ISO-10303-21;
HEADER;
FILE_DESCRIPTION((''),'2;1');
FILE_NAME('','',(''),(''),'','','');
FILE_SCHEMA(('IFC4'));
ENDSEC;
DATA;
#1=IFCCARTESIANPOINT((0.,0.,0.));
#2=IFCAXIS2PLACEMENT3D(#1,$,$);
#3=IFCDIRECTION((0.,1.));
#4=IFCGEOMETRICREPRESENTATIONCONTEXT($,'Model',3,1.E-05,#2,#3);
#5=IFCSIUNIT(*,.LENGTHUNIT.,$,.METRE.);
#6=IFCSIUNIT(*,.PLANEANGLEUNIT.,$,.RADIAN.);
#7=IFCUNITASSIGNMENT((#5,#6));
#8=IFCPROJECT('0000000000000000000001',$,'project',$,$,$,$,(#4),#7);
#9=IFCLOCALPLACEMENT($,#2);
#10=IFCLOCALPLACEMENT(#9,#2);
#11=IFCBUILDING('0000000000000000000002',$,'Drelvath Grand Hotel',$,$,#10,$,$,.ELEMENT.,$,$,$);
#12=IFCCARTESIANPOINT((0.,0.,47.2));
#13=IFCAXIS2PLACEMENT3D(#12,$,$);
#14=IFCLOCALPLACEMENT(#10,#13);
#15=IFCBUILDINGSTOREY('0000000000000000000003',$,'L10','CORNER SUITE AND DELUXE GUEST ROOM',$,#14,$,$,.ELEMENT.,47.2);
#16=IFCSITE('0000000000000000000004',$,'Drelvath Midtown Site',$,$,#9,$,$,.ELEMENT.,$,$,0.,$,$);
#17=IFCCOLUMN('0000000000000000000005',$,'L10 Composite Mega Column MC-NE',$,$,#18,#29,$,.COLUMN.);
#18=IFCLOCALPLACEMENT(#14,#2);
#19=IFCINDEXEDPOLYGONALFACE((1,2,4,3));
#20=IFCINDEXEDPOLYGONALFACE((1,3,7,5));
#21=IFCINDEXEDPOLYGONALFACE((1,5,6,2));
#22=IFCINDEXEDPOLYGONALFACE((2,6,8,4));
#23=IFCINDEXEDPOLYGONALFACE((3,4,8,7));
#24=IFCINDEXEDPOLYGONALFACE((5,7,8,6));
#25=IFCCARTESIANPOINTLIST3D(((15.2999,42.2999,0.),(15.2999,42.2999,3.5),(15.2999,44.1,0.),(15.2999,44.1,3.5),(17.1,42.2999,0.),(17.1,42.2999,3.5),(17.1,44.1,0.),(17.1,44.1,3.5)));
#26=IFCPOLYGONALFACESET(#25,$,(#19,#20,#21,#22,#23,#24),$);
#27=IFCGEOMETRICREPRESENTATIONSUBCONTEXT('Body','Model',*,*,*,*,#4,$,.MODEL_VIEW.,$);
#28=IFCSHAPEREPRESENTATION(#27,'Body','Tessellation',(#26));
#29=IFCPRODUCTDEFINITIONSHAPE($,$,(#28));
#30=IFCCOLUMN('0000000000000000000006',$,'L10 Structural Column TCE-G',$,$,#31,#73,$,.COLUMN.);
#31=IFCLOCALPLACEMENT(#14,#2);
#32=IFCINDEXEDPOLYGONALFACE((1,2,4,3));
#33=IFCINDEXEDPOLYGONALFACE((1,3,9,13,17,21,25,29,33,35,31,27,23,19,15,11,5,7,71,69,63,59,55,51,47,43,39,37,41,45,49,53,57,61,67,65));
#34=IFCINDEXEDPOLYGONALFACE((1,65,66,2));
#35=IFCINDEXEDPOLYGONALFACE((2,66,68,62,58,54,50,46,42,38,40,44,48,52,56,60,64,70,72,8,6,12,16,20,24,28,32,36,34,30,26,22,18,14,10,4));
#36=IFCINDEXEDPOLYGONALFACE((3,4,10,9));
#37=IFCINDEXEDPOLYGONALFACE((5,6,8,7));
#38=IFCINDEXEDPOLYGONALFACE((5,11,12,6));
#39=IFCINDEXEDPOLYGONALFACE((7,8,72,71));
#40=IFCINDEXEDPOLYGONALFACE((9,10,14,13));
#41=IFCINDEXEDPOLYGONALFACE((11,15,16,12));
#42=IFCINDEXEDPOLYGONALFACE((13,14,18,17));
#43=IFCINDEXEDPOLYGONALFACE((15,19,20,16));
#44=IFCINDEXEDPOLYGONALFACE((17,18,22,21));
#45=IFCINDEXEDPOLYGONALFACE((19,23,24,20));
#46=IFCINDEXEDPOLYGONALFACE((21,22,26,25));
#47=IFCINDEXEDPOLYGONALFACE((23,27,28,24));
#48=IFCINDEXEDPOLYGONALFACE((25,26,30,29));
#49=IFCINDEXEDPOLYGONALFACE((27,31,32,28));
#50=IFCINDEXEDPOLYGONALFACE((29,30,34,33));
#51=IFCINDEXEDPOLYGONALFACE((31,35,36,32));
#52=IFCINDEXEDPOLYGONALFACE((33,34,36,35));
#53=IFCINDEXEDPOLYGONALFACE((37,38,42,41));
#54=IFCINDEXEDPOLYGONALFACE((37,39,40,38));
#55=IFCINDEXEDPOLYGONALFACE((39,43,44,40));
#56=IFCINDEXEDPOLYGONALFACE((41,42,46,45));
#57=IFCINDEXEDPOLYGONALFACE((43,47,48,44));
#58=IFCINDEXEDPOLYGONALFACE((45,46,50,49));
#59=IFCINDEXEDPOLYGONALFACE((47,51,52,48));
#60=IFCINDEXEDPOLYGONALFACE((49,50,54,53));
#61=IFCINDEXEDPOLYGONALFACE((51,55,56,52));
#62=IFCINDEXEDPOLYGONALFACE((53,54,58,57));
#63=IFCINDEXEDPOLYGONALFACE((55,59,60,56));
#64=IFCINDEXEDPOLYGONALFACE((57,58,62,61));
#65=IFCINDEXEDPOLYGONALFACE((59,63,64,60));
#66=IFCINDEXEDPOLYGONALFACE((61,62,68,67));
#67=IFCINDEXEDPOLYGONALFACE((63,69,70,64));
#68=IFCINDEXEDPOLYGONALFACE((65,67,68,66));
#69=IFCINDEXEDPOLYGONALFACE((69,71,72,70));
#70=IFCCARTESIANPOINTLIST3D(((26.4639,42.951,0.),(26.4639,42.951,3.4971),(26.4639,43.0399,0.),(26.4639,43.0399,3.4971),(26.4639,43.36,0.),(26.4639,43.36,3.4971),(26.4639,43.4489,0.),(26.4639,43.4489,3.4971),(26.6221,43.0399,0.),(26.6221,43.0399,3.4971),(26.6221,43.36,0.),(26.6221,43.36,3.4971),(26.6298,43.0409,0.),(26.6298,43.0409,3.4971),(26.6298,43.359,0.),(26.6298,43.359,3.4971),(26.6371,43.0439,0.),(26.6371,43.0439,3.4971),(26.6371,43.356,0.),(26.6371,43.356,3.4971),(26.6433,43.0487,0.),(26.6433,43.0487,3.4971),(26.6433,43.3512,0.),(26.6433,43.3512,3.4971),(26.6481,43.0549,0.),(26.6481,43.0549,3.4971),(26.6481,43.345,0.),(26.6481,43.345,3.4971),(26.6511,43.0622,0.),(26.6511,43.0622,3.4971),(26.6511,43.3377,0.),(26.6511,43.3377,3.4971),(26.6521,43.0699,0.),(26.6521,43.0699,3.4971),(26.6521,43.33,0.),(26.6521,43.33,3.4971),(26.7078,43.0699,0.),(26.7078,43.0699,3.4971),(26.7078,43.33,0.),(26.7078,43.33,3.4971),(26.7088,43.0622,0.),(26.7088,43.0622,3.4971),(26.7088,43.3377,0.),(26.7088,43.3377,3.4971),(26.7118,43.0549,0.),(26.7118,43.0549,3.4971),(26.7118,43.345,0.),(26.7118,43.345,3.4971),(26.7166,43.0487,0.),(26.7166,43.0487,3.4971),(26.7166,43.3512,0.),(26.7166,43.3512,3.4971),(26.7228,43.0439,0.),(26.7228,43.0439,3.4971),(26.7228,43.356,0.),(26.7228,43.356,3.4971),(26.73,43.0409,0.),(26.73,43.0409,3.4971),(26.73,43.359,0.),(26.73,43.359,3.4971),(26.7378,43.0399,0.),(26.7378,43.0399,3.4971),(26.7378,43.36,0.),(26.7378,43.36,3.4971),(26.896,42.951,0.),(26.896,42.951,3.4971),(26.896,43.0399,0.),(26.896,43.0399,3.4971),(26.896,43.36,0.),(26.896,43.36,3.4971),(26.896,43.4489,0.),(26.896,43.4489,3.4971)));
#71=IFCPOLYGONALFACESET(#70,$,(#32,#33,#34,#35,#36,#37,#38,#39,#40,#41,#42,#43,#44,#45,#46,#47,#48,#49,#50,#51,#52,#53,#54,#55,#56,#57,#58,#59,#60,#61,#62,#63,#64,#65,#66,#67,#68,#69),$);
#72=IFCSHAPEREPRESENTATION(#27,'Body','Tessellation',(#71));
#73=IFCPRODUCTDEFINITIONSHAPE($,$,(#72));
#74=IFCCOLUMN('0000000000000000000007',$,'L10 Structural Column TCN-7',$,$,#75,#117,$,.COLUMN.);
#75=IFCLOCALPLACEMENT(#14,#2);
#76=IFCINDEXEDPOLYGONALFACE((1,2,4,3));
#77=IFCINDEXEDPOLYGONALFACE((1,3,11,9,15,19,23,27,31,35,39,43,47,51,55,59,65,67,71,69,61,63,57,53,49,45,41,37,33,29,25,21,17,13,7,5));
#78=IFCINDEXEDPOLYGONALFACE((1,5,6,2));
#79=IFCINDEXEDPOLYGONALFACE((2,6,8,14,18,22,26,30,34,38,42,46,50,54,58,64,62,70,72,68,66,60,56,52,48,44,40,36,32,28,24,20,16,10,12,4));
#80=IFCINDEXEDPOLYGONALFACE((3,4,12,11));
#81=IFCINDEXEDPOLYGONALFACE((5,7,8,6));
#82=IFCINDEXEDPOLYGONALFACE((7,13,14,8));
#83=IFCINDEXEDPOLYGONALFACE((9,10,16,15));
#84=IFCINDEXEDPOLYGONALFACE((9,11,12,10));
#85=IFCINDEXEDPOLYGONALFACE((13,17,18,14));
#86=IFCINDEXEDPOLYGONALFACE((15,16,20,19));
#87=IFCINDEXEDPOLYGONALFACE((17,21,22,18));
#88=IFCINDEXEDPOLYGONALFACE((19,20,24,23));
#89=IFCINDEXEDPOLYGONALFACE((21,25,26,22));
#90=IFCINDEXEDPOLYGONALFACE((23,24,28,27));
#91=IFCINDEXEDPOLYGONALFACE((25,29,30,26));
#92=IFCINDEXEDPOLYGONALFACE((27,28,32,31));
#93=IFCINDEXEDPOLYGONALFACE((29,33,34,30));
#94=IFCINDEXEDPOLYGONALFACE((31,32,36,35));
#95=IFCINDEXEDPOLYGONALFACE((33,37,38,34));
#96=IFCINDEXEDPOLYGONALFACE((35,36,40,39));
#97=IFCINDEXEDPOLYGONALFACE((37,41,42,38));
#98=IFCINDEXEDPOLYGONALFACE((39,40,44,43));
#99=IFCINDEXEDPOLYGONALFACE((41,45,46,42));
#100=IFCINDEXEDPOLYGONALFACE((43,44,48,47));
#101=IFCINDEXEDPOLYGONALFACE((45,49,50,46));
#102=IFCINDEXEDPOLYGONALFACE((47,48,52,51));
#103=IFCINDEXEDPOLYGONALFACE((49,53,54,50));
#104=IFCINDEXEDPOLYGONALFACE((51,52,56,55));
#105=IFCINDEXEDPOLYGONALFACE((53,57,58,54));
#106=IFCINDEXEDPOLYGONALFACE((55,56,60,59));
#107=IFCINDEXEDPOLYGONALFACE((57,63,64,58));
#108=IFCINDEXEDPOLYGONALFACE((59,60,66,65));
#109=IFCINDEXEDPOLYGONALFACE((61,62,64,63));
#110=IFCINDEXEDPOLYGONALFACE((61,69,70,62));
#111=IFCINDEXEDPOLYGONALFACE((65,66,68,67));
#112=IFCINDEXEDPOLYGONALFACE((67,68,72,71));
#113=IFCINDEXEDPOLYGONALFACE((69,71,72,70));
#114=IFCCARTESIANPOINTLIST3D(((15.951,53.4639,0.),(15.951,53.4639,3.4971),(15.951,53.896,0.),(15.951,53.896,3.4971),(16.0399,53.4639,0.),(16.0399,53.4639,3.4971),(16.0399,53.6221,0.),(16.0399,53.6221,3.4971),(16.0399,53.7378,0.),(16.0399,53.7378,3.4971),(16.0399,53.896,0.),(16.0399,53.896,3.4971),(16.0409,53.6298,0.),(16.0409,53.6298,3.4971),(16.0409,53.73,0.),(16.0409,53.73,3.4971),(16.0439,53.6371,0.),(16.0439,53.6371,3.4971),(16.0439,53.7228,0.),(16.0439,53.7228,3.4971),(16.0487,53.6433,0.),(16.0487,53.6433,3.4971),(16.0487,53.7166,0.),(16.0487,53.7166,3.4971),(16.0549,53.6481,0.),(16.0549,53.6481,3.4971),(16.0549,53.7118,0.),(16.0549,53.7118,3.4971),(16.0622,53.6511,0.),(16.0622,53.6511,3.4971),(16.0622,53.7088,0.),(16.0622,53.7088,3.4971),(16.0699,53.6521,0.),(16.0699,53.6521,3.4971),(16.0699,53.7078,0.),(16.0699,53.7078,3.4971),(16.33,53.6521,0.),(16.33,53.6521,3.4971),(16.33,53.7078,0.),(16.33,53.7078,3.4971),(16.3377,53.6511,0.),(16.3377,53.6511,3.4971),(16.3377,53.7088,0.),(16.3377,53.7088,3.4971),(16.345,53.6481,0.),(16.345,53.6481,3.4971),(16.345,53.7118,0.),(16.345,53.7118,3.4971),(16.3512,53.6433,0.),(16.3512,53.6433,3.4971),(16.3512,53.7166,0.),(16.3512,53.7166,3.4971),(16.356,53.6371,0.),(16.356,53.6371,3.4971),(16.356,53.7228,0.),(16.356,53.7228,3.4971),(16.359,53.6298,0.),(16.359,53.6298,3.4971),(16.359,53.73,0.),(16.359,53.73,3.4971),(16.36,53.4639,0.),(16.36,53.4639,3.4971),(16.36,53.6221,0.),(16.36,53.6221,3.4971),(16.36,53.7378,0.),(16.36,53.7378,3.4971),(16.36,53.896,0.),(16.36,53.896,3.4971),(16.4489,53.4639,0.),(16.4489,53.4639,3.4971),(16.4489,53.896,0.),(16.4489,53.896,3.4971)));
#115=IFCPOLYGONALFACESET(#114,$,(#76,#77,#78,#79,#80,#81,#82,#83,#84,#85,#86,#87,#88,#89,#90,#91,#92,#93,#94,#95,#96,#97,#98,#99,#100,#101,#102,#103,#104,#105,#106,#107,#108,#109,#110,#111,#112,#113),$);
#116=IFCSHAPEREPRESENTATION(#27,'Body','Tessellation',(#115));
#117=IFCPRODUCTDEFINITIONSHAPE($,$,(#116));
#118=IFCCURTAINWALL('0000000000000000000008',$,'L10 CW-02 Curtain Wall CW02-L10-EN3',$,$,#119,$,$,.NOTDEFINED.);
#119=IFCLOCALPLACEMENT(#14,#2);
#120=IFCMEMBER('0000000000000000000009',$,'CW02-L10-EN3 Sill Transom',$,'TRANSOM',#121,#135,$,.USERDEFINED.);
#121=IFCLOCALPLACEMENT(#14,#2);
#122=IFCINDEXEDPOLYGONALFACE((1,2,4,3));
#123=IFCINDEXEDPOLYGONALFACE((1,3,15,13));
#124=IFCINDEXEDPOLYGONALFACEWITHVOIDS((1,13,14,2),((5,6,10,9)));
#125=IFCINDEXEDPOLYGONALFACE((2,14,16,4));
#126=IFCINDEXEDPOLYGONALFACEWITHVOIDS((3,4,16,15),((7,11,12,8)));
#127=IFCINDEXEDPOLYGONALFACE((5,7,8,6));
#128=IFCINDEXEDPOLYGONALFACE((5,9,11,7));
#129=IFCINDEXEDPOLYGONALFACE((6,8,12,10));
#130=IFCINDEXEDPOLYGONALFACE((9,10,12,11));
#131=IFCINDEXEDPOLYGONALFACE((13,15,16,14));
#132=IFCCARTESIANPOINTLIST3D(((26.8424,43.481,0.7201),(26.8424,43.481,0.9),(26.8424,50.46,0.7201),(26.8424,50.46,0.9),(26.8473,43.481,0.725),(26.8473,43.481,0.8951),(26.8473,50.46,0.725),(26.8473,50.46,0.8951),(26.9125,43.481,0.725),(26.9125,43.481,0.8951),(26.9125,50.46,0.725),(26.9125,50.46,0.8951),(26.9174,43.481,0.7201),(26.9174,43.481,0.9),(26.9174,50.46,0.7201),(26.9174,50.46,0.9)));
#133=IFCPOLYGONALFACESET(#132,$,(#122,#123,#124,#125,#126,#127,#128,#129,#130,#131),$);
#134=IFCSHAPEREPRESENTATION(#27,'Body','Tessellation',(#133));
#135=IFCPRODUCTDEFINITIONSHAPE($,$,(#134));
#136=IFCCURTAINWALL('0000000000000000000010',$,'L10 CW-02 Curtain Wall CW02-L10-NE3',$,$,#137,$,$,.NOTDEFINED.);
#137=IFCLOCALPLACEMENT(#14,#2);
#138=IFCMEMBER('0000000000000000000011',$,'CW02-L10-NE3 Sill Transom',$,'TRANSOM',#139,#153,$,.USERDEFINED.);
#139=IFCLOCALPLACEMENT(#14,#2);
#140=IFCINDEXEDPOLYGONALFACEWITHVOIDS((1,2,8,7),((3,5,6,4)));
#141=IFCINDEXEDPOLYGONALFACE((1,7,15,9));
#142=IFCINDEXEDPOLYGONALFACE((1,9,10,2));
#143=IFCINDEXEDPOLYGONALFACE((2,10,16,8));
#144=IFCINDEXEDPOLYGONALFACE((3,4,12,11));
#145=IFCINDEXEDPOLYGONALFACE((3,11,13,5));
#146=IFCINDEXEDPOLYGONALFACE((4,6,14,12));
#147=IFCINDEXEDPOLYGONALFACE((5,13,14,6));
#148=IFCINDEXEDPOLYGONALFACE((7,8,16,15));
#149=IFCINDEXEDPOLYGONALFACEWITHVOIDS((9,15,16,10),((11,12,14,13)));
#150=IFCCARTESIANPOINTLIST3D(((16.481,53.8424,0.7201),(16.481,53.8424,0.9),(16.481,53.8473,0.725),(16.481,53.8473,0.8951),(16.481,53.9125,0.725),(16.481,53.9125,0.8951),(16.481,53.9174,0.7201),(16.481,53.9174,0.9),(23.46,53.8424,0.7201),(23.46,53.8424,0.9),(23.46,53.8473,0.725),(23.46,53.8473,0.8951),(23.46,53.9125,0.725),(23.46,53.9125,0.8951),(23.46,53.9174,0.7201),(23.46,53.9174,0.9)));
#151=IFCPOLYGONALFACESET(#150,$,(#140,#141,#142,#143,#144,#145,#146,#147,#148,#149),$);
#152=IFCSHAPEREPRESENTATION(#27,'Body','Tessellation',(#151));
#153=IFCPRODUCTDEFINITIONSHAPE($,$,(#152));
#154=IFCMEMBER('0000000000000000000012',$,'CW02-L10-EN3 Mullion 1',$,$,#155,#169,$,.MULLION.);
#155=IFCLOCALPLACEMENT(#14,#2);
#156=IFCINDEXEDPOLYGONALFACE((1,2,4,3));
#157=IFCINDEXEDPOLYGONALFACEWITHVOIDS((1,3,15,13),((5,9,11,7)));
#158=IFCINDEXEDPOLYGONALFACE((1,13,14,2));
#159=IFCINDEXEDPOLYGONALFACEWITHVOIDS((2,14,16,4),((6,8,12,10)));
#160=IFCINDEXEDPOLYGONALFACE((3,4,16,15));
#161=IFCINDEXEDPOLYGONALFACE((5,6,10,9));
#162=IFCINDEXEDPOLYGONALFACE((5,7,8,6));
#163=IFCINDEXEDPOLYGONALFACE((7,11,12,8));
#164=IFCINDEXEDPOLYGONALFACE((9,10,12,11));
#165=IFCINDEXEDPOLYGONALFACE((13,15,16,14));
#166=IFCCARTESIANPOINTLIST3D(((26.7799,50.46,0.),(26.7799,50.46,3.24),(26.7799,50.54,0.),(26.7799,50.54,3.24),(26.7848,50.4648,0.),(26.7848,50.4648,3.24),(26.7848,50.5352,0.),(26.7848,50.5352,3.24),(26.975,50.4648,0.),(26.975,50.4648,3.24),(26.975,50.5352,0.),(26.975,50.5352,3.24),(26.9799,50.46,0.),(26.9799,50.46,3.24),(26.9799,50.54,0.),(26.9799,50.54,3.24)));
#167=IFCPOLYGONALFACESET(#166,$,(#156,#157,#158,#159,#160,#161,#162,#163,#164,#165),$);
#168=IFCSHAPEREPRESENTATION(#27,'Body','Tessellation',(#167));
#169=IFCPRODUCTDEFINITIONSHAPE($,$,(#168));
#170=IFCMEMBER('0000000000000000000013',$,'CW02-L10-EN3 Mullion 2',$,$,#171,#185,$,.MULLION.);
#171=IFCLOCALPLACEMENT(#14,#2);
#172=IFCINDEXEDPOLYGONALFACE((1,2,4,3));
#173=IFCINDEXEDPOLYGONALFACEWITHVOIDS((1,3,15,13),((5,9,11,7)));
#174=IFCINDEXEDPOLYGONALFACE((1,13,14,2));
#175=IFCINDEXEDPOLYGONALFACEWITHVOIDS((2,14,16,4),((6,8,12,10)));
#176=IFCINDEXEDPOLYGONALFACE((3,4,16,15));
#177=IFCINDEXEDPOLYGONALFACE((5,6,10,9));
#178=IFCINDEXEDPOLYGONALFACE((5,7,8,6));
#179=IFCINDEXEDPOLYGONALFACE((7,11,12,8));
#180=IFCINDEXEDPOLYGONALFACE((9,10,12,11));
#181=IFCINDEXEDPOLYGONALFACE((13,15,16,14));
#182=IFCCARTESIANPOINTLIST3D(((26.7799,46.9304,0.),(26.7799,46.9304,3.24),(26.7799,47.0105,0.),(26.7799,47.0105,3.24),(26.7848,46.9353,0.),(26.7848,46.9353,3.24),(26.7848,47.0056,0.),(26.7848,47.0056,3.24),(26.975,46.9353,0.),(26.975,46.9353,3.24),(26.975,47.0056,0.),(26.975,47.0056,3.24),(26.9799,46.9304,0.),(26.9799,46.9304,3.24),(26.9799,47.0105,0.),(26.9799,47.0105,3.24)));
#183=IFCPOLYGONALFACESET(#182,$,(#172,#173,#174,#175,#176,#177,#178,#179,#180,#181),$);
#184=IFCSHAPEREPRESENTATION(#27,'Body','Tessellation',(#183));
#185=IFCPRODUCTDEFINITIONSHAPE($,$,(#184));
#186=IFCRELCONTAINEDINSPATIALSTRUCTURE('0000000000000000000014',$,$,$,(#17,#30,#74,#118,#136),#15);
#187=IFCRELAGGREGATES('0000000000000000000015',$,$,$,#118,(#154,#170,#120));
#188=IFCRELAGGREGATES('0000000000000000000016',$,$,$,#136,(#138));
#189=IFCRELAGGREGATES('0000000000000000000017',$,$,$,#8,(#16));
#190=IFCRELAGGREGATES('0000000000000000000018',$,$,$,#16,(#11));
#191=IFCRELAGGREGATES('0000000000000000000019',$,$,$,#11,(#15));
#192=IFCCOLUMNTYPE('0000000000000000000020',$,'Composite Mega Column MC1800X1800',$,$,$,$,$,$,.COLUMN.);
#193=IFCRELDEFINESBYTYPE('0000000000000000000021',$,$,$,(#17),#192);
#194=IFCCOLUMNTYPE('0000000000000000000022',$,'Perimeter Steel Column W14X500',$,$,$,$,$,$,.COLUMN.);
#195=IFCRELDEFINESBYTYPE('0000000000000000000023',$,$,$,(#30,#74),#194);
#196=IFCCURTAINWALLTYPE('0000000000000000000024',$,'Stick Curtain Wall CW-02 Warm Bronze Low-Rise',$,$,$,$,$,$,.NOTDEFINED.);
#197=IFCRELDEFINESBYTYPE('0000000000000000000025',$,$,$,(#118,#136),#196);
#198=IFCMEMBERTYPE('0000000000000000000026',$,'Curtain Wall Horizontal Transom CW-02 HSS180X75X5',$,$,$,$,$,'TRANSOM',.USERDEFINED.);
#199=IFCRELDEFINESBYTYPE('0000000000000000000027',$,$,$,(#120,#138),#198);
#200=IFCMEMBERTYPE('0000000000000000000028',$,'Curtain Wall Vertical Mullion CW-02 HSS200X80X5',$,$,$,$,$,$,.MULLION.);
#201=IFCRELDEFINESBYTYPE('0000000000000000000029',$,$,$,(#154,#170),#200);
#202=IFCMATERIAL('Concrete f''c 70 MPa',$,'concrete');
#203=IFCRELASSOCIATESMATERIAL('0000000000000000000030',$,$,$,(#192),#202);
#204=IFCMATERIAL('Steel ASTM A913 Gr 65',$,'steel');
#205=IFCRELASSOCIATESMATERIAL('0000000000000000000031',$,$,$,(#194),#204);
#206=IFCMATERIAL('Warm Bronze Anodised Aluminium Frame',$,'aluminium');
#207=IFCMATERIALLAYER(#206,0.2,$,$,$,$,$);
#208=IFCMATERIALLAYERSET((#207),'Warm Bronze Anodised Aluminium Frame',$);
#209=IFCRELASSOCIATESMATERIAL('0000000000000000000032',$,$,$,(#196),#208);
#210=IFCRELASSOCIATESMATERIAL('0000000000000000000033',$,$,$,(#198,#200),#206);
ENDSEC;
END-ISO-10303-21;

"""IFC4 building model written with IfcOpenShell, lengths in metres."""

from ifc_helpers import new_model, si_unit, direction, frame, origin, origin_2d, place, context, subcontext, project, spatial, rectangle, hollow_rectangle, i_section, extrude, material, layer, layer_set, material_profile, profile_set, type_object, element, aggregate, save


model = new_model("IFC4")

# Units and contexts
model_context = context("Model", 3, precision=1e-05, world=origin(), true_north=direction((0.0, 1.0)))
body_context = subcontext(model_context, "Body", "Model", "MODEL_VIEW")
ifc_project = project(units=[si_unit("LENGTHUNIT", "METRE"), si_unit("PLANEANGLEUNIT", "RADIAN")], contexts=[model_context])

# Site, building, storey
site_placement = place(None, origin())
site = spatial("IfcSite", under=ifc_project, at=site_placement, Name="Drelvath Midtown Site", CompositionType="ELEMENT", RefElevation=0.0)
building_placement = place(site_placement, origin())
building = spatial("IfcBuilding", under=site, at=building_placement, Name="Drelvath Grand Hotel", CompositionType="ELEMENT")
storey_placement = place(building_placement, frame((0.0, 0.0, 47.2)))
storey = spatial("IfcBuildingStorey", under=building, at=storey_placement, Name="L10", Description="CORNER SUITE AND DELUXE GUEST ROOM", CompositionType="ELEMENT", Elevation=47.2)

# Columns
ifc_material_1 = material(Name="Concrete f'c 70 MPa", Category="concrete")
ifc_material_profile_1 = material_profile(ifc_material_1, rectangle(XDim=1.8, YDim=1.8, at=origin_2d()), Name="MC1800X1800")
ifc_profile_set_1 = profile_set([ifc_material_profile_1], Name="Concrete f'c 70 MPa")
column_type_1 = type_object("IfcColumnType", Name="Composite Mega Column MC1800X1800", PredefinedType="COLUMN", material=ifc_profile_set_1)
column_placement = place(storey_placement, frame((16.2, 43.2, 0.0), z_axis=(0.0, 0.0, 1.0), x_axis=(1.0, 0.0, 0.0)))
element("IfcColumn", 1, at=column_placement, inside=storey, type_object=column_type_1, Name="L10 Composite Mega Column MC-NE", PredefinedType="COLUMN", context=body_context, shape_type="SweptSolid", body=[
    extrude(rectangle(XDim=1.8, YDim=1.8, at=origin_2d()), origin(), (0.0, 0.0, 1.0), 3.5),
])
ifc_material_2 = material(Name="Steel ASTM A913 Gr 65", Category="steel")
ifc_material_profile_2 = material_profile(ifc_material_2, i_section(OverallWidth=0.4321, OverallDepth=0.4978, WebThickness=0.0557, FlangeThickness=0.0889, FilletRadius=0.03, at=origin_2d()), Name="W14X500")
ifc_profile_set_2 = profile_set([ifc_material_profile_2], Name="Steel ASTM A913 Gr 65")
column_type_2 = type_object("IfcColumnType", Name="Perimeter Steel Column W14X500", PredefinedType="COLUMN", material=ifc_profile_set_2)
for number, where, z_axis, x_axis, name in (
    (2, (26.6799, 43.2, 0.0), (0.0, 0.0, 1.0), (1.0, 0.0, 0.0), "L10 Structural Column TCE-G"),
    (3, (16.2, 53.6799, 0.0), (0.0, 0.0, 1.0), (0.0, 1.0, 0.0), "L10 Structural Column TCN-7"),
):
    element("IfcColumn", number, at=place(storey_placement, frame(where, z_axis=z_axis, x_axis=x_axis)), inside=storey, type_object=column_type_2, Name=name, PredefinedType="COLUMN", context=body_context, shape_type="SweptSolid", body=[
        extrude(i_section(OverallWidth=0.4321, OverallDepth=0.4978, WebThickness=0.0557, FlangeThickness=0.0889, FilletRadius=0.03, at=origin_2d()), origin(), (0.0, 0.0, 1.0), 3.4971),
    ])

# Curtain walls, members
ifc_material_3 = material(Name="Warm Bronze Anodised Aluminium Frame", Category="aluminium")
ifc_layer_1 = layer(ifc_material_3, 0.2)
ifc_layer_set_1 = layer_set([ifc_layer_1], Name="Warm Bronze Anodised Aluminium Frame")
curtain_wall_type = type_object("IfcCurtainWallType", Name="Stick Curtain Wall CW-02 Warm Bronze Low-Rise", PredefinedType="NOTDEFINED", material=ifc_layer_set_1)
curtain_wall_1_placement = place(storey_placement, origin())
curtain_wall_1 = element("IfcCurtainWall", 4, at=curtain_wall_1_placement, inside=storey, type_object=curtain_wall_type, Name="L10 CW-02 Curtain Wall CW02-L10-EN3", PredefinedType="NOTDEFINED")
ifc_material_profile_3 = material_profile(ifc_material_3, hollow_rectangle(XDim=0.075, YDim=0.1799, WallThickness=0.0049, at=origin_2d()), Name="HSS180X75X5")
ifc_profile_set_3 = profile_set([ifc_material_profile_3], Name="Warm Bronze Anodised Aluminium Frame")
member_type_1 = type_object("IfcMemberType", Name="Curtain Wall Horizontal Transom CW-02 HSS180X75X5", ElementType="TRANSOM", PredefinedType="USERDEFINED", material=ifc_profile_set_3)
member_1_placement = place(storey_placement, frame((26.8799, 50.46, 0.8101), z_axis=(0.0, -1.0, 0.0), x_axis=(1.0, 0.0, 0.0)))
member_1 = element("IfcMember", 5, at=member_1_placement, type_object=member_type_1, Name="CW02-L10-EN3 Sill Transom", ObjectType="TRANSOM", PredefinedType="USERDEFINED", context=body_context, shape_type="SweptSolid", body=[
    extrude(hollow_rectangle(XDim=0.075, YDim=0.1799, WallThickness=0.0049, at=origin_2d()), origin(), (0.0, 0.0, 1.0), 6.979),
])
curtain_wall_2_placement = place(storey_placement, origin())
curtain_wall_2 = element("IfcCurtainWall", 6, at=curtain_wall_2_placement, inside=storey, type_object=curtain_wall_type, Name="L10 CW-02 Curtain Wall CW02-L10-NE3", PredefinedType="NOTDEFINED")
member_2_placement = place(storey_placement, frame((16.481, 53.8799, 0.8101), z_axis=(1.0, 0.0, 0.0), x_axis=(0.0, 1.0, 0.0)))
member_2 = element("IfcMember", 7, at=member_2_placement, type_object=member_type_1, Name="CW02-L10-NE3 Sill Transom", ObjectType="TRANSOM", PredefinedType="USERDEFINED", context=body_context, shape_type="SweptSolid", body=[
    extrude(hollow_rectangle(XDim=0.075, YDim=0.1799, WallThickness=0.0049, at=origin_2d()), origin(), (0.0, 0.0, 1.0), 6.979),
])

# Members
ifc_material_profile_4 = material_profile(ifc_material_3, hollow_rectangle(XDim=0.0801, YDim=0.2, WallThickness=0.0049, at=origin_2d()), Name="HSS200X80X5")
ifc_profile_set_4 = profile_set([ifc_material_profile_4], Name="Warm Bronze Anodised Aluminium Frame")
member_type_2 = type_object("IfcMemberType", Name="Curtain Wall Vertical Mullion CW-02 HSS200X80X5", PredefinedType="MULLION", material=ifc_profile_set_4)
member_3_placement = place(storey_placement, frame((26.8799, 50.5, 0.0), z_axis=(0.0, 0.0, 1.0), x_axis=(0.0, 1.0, 0.0)))
member_3 = element("IfcMember", 8, at=member_3_placement, type_object=member_type_2, Name="CW02-L10-EN3 Mullion 1", PredefinedType="MULLION", context=body_context, shape_type="SweptSolid", body=[
    extrude(hollow_rectangle(XDim=0.0801, YDim=0.2, WallThickness=0.0049, at=origin_2d()), origin(), (0.0, 0.0, 1.0), 3.24),
])
member_4_placement = place(storey_placement, frame((26.8799, 46.9705, 0.0), z_axis=(0.0, 0.0, 1.0), x_axis=(0.0, 1.0, 0.0)))
member_4 = element("IfcMember", 9, at=member_4_placement, type_object=member_type_2, Name="CW02-L10-EN3 Mullion 2", PredefinedType="MULLION", context=body_context, shape_type="SweptSolid", body=[
    extrude(hollow_rectangle(XDim=0.0801, YDim=0.2, WallThickness=0.0049, at=origin_2d()), origin(), (0.0, 0.0, 1.0), 3.24),
])

aggregate(curtain_wall_1, [member_3, member_4, member_1])
aggregate(curtain_wall_2, [member_2])

save(model, "model.ifc")
